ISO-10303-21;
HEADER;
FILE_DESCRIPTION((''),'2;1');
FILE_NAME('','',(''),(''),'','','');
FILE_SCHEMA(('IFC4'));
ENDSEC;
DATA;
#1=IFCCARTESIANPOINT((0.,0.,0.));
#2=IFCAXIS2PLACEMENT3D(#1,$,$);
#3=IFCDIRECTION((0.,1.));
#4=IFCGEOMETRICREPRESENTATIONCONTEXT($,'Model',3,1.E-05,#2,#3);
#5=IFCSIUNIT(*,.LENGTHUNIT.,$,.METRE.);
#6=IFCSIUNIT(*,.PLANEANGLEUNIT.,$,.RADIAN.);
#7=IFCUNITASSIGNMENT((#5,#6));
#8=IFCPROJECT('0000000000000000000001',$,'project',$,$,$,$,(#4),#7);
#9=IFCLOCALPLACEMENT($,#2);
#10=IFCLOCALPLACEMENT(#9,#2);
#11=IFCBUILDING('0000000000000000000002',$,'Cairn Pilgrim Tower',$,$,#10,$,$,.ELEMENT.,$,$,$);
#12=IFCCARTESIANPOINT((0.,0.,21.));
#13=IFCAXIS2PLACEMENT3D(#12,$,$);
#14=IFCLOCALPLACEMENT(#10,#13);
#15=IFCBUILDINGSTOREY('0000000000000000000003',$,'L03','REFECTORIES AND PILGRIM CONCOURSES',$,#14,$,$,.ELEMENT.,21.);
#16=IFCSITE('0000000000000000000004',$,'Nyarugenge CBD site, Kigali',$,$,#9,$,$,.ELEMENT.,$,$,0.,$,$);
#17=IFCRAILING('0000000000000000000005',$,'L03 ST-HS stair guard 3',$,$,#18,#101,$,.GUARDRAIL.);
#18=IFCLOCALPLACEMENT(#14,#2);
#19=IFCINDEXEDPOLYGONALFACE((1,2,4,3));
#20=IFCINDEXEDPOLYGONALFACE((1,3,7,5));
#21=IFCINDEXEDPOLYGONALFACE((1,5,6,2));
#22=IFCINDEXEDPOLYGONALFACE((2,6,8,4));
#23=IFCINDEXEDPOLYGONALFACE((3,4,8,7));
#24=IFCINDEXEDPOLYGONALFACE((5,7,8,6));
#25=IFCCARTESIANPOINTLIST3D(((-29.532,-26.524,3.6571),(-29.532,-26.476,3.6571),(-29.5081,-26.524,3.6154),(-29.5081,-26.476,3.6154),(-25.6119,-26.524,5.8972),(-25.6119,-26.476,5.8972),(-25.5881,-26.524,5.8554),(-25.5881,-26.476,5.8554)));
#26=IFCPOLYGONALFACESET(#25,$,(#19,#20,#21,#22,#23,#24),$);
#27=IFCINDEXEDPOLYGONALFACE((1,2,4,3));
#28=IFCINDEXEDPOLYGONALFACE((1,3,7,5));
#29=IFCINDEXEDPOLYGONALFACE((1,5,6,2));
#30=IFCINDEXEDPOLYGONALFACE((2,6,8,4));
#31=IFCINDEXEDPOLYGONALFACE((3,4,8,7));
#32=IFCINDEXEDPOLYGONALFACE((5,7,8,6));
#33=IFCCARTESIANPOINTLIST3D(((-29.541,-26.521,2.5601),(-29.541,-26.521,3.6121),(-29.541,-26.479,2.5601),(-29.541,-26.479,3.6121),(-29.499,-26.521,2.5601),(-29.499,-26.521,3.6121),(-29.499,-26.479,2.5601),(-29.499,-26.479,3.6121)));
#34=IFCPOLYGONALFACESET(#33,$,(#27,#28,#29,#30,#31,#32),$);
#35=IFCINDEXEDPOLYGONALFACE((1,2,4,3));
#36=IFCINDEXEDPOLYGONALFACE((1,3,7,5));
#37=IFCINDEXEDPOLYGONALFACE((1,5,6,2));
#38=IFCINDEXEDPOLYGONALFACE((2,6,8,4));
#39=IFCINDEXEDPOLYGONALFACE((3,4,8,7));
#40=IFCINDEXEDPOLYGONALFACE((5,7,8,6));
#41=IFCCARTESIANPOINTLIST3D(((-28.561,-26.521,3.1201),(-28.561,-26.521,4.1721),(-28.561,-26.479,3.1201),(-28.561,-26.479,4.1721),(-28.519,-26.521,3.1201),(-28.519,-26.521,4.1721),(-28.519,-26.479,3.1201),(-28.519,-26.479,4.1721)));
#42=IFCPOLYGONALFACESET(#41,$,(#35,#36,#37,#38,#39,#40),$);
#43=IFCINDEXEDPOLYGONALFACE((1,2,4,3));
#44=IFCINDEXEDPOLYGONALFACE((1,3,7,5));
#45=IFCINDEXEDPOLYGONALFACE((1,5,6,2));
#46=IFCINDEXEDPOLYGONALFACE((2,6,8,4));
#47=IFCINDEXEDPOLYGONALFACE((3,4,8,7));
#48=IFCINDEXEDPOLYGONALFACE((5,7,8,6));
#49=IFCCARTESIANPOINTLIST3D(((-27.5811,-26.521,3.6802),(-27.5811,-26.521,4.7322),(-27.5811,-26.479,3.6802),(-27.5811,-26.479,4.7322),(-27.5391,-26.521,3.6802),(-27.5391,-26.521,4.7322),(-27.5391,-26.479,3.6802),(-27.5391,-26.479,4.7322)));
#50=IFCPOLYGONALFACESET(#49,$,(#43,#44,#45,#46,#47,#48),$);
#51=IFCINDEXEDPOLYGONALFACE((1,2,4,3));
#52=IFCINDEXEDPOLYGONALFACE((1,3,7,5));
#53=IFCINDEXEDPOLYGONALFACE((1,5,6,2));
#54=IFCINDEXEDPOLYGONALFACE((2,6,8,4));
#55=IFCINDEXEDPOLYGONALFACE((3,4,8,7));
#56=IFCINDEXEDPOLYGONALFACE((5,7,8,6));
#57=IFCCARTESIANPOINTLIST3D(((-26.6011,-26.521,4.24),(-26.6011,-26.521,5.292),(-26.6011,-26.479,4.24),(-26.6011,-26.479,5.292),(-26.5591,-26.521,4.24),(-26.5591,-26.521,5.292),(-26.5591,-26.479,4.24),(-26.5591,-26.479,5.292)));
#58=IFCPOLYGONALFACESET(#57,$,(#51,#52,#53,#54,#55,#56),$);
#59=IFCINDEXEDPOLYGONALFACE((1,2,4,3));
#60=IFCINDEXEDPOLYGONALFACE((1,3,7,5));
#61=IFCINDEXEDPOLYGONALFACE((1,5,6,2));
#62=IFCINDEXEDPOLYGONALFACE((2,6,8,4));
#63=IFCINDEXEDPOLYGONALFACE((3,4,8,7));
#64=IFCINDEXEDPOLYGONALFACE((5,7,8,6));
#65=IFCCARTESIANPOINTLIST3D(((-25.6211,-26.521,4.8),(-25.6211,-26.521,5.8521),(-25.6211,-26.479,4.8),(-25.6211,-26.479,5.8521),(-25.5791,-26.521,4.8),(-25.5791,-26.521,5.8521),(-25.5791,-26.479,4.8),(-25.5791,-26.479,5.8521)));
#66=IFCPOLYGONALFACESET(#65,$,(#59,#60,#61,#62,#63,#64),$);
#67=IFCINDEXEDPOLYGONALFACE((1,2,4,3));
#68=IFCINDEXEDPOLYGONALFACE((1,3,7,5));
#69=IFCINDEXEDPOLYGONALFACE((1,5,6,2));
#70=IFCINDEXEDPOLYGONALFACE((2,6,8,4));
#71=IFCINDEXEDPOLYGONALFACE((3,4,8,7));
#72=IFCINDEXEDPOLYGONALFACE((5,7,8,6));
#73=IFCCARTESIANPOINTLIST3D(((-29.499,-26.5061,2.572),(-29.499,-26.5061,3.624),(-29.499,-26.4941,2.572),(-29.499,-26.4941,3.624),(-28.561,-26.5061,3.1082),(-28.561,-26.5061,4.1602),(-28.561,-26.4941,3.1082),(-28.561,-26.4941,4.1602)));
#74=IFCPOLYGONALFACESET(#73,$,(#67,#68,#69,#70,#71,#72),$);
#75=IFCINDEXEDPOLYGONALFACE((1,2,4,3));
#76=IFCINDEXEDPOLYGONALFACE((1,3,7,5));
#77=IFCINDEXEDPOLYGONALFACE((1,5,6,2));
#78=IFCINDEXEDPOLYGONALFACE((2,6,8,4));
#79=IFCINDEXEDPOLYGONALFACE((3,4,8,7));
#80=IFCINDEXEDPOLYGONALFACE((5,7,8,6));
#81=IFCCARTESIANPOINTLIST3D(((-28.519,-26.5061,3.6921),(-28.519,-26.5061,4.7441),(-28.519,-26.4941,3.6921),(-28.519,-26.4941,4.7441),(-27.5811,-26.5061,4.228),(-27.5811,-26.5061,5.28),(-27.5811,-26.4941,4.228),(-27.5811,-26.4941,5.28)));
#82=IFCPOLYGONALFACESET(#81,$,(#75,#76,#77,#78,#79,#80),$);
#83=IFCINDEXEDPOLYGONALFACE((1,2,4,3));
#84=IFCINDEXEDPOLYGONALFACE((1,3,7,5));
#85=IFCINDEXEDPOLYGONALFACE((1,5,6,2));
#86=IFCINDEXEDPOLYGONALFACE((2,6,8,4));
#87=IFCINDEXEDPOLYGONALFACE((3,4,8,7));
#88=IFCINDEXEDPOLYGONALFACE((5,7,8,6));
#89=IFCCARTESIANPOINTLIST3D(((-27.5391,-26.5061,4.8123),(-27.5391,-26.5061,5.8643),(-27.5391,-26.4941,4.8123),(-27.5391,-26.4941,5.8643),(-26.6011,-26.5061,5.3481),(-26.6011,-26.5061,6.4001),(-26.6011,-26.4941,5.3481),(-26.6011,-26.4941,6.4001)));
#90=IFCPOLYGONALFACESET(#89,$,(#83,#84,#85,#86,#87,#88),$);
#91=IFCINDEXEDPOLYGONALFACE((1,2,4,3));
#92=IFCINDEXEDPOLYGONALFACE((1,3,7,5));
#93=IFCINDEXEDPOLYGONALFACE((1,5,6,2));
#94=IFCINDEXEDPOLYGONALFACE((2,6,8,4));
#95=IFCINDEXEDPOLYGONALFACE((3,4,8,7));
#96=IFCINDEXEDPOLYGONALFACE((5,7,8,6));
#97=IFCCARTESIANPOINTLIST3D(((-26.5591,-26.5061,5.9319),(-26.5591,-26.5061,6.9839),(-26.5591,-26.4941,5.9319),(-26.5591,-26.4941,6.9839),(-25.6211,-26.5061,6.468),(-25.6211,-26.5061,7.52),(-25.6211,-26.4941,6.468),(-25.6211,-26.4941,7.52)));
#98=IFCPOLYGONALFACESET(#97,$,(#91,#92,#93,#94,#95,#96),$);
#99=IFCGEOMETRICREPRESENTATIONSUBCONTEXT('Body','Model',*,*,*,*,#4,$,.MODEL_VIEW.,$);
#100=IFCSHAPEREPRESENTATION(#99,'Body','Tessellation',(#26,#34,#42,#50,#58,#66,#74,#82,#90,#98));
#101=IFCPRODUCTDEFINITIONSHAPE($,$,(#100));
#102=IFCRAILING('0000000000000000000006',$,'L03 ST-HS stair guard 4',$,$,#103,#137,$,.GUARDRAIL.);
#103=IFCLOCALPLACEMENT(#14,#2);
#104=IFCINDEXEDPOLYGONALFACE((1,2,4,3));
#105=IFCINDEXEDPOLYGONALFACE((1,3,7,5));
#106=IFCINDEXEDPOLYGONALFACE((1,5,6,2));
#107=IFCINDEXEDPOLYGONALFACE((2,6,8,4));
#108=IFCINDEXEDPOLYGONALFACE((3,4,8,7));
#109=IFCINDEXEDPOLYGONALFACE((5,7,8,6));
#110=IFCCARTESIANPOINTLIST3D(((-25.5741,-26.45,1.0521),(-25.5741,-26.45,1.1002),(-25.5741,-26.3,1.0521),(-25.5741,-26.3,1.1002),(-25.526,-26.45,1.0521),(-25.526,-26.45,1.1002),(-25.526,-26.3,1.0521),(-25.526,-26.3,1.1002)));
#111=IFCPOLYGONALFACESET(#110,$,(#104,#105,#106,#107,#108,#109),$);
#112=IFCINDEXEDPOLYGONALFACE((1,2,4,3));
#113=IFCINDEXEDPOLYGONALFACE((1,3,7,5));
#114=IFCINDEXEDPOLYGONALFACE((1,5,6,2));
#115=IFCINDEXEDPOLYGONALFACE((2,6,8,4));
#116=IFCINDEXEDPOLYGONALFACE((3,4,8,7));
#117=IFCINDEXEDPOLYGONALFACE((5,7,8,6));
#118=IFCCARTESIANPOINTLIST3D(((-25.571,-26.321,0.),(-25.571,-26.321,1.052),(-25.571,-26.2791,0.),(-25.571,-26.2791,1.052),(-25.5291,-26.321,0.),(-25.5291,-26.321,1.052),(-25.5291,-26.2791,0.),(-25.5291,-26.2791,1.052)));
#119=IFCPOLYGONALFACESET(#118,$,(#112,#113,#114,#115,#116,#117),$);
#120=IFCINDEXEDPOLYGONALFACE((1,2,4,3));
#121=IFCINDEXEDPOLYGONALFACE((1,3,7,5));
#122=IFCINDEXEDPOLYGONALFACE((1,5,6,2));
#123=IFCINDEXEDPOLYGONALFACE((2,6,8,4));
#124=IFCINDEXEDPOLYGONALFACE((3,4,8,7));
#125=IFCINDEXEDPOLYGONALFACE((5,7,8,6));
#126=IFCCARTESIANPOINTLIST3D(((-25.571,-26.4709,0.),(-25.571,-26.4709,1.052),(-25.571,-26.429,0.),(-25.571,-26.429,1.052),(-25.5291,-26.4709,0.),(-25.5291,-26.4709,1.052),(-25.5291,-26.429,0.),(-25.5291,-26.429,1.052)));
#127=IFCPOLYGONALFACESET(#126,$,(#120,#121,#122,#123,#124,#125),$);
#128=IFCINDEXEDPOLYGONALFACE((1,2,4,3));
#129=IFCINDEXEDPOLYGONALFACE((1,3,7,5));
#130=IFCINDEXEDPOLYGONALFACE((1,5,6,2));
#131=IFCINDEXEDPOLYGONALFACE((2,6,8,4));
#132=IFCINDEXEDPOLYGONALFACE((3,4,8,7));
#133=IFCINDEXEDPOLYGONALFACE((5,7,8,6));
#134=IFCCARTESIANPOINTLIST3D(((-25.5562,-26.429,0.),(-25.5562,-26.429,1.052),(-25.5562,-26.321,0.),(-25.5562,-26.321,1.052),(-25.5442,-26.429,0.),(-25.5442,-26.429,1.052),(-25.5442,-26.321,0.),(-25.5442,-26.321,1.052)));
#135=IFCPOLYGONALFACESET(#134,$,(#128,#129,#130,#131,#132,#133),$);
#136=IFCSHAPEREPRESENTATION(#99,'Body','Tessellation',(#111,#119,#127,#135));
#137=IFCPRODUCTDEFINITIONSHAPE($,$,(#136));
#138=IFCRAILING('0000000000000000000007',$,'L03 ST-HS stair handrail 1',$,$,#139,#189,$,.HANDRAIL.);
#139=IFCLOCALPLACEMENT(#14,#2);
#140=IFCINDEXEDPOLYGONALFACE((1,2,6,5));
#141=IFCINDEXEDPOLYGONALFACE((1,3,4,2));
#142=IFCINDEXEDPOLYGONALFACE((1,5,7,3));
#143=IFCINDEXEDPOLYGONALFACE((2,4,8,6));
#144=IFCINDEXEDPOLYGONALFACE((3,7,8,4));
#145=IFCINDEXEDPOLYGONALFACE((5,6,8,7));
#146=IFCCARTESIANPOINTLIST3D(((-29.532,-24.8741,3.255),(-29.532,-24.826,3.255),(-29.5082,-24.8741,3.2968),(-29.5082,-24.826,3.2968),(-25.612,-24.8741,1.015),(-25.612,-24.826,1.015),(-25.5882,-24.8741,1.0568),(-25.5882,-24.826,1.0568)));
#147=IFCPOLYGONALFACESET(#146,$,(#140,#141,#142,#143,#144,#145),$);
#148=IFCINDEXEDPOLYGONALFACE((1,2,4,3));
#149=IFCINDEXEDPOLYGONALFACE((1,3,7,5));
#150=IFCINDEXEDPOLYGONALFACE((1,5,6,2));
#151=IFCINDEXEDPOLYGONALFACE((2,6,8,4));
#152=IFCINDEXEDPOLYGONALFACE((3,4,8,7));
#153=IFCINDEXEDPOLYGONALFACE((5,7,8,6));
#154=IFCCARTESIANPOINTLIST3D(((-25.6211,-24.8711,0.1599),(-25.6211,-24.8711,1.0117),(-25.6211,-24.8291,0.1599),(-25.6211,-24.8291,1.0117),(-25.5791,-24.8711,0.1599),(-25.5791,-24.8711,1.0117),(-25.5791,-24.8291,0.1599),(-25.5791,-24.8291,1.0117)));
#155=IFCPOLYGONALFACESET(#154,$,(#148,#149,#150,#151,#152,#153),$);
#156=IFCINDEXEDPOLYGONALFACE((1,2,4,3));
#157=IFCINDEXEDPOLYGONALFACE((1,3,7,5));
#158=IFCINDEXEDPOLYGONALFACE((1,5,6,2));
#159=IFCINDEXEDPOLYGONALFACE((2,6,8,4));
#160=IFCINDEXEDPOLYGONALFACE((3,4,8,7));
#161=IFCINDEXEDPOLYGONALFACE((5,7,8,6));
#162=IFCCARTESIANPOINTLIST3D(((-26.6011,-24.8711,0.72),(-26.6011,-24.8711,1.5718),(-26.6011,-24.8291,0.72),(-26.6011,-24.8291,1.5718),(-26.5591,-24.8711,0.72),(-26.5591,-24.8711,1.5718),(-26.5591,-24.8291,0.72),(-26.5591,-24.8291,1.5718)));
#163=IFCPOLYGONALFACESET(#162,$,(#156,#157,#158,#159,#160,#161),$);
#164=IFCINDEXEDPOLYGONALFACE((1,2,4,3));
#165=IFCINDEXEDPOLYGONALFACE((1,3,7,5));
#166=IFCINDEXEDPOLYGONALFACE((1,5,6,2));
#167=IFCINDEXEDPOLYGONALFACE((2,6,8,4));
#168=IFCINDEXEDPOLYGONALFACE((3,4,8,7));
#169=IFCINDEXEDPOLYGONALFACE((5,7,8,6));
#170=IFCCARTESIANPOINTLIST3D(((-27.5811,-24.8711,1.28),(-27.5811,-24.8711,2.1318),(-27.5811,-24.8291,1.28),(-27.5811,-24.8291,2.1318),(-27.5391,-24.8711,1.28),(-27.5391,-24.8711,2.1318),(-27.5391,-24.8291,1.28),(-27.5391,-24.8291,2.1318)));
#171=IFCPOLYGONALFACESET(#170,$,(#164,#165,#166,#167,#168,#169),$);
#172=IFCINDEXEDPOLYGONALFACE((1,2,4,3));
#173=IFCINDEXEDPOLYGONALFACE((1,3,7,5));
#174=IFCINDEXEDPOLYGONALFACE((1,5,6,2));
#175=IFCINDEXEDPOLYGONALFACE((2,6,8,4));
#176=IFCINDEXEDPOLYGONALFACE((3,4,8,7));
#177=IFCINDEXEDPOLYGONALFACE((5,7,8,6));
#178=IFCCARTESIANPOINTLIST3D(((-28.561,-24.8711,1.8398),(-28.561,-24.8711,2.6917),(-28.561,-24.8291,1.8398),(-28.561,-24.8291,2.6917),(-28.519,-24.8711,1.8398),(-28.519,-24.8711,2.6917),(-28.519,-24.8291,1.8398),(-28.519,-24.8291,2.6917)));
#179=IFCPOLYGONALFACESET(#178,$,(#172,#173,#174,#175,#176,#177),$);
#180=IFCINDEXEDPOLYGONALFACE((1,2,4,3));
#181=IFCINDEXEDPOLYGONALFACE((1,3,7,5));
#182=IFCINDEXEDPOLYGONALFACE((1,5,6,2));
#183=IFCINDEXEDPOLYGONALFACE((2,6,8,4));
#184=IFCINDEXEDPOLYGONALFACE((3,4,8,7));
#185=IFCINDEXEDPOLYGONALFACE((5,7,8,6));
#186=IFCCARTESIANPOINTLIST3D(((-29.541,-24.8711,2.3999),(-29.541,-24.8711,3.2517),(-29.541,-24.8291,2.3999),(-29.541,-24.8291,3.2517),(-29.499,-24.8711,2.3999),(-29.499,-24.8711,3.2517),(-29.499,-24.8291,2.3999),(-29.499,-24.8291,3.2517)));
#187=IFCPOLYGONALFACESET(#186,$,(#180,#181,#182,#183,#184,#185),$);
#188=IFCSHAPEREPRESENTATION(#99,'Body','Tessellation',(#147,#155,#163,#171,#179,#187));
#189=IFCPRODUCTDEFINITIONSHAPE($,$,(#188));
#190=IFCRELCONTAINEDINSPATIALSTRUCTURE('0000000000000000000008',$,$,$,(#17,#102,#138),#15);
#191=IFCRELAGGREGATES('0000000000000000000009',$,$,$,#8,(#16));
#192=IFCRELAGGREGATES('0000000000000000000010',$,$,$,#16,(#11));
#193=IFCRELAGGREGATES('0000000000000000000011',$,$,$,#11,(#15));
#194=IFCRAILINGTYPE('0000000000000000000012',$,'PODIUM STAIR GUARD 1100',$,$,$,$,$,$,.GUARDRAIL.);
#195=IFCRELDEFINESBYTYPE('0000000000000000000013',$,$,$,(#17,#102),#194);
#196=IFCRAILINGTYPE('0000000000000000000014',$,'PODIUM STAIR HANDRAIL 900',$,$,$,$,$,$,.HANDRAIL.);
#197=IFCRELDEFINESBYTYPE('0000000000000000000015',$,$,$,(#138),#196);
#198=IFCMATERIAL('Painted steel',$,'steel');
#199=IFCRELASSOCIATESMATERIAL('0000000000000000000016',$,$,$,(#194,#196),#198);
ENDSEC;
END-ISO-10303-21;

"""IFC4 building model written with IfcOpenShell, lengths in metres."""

from ifc_helpers import new_model, si_unit, direction, frame, origin, origin_2d, place, context, subcontext, project, spatial, polyline, rectangle, outline, extrude, material, type_object, element, save


model = new_model("IFC4")

# Units and contexts
model_context = context("Model", 3, precision=1e-05, world=origin(), true_north=direction((0.0, 1.0)))
body_context = subcontext(model_context, "Body", "Model", "MODEL_VIEW")
ifc_project = project(units=[si_unit("LENGTHUNIT", "METRE"), si_unit("PLANEANGLEUNIT", "RADIAN")], contexts=[model_context])

# Site, building, storey
site_placement = place(None, origin())
site = spatial("IfcSite", under=ifc_project, at=site_placement, Name="Nyarugenge CBD site, Kigali", CompositionType="ELEMENT", RefElevation=0.0)
building_placement = place(site_placement, origin())
building = spatial("IfcBuilding", under=site, at=building_placement, Name="Cairn Pilgrim Tower", CompositionType="ELEMENT")
storey_placement = place(building_placement, frame((0.0, 0.0, 21.0)))
storey = spatial("IfcBuildingStorey", under=building, at=storey_placement, Name="L03", Description="REFECTORIES AND PILGRIM CONCOURSES", CompositionType="ELEMENT", Elevation=21.0)

# Railings
ifc_material_1 = material(Name="Painted steel", Category="steel")
railing_type_1 = type_object("IfcRailingType", Name="PODIUM STAIR GUARD 1100", PredefinedType="GUARDRAIL", material=ifc_material_1)
railing_1_placement = place(storey_placement, frame((-29.52, -26.5, 2.5601)))
element("IfcRailing", 1, at=railing_1_placement, inside=storey, type_object=railing_type_1, Name="L03 ST-HS stair guard 3", PredefinedType="GUARDRAIL", context=body_context, shape_type="SweptSolid", body=[
    extrude(rectangle(XDim=0.0481, YDim=0.0481, at=origin_2d()), frame((0.0, 0.0, 1.0762), z_axis=(0.86824, 0.0, 0.496145), x_axis=(0.0, 1.0, 0.0)), (0.0, 0.0, 1.0), 4.5149),
    extrude(rectangle(XDim=0.042, YDim=0.042, at=origin_2d()), origin(), (0.0, 0.0, 1.0), 1.052),
    extrude(rectangle(XDim=0.042, YDim=0.042, at=origin_2d()), frame((0.98, 0.0, 0.5601)), (0.0, 0.0, 1.0), 1.052),
    extrude(rectangle(XDim=0.042, YDim=0.042, at=origin_2d()), frame((1.96, 0.0, 1.1201)), (0.0, 0.0, 1.0), 1.052),
    extrude(rectangle(XDim=0.042, YDim=0.042, at=origin_2d()), frame((2.9399, 0.0, 1.6799)), (0.0, 0.0, 1.0), 1.052),
    extrude(rectangle(XDim=0.042, YDim=0.042, at=origin_2d()), frame((3.9199, 0.0, 2.24)), (0.0, 0.0, 1.0), 1.052),
    extrude(outline(polyline([(0.021, 0.012), (0.959, 0.5481), (0.959, 1.6001), (0.021, 1.064), (0.021, 0.012)])), frame((0.0, 0.0059, 0.0), z_axis=(0.0, -1.0, 0.0), x_axis=(1.0, 0.0, 0.0)), (0.0, 0.0, 1.0), 0.012),
    extrude(outline(polyline([(0.021, 0.572), (0.959, 1.1079), (0.959, 2.1599), (0.021, 1.624), (0.021, 0.572)])), frame((0.98, 0.0059, 0.5601), z_axis=(0.0, -1.0, 0.0), x_axis=(1.0, 0.0, 0.0)), (0.0, 0.0, 1.0), 0.012),
    extrude(outline(polyline([(0.021, 1.1321), (0.959, 1.668), (0.959, 2.72), (0.021, 2.1841), (0.021, 1.1321)])), frame((1.96, 0.0059, 1.1201), z_axis=(0.0, -1.0, 0.0), x_axis=(1.0, 0.0, 0.0)), (0.0, 0.0, 1.0), 0.012),
    extrude(outline(polyline([(0.021, 1.6919), (0.959, 2.228), (0.959, 3.28), (0.021, 2.7439), (0.021, 1.6919)])), frame((2.9399, 0.0059, 1.6799), z_axis=(0.0, -1.0, 0.0), x_axis=(1.0, 0.0, 0.0)), (0.0, 0.0, 1.0), 0.012),
])
railing_2_placement = place(storey_placement, frame((-25.55, -26.3, 0.0)))
element("IfcRailing", 2, at=railing_2_placement, inside=storey, type_object=railing_type_1, Name="L03 ST-HS stair guard 4", PredefinedType="GUARDRAIL", context=body_context, shape_type="SweptSolid", body=[
    extrude(rectangle(XDim=0.0481, YDim=0.0481, at=origin_2d()), frame((0.0, 0.0, 1.0762), z_axis=(0.0, -1.0, 0.0), x_axis=(1.0, 0.0, 0.0)), (0.0, 0.0, 1.0), 0.1499),
    extrude(rectangle(XDim=0.042, YDim=0.042, at=origin_2d()), origin(), (0.0, 0.0, 1.0), 1.052),
    extrude(rectangle(XDim=0.042, YDim=0.042, at=origin_2d()), frame((0.0, -0.1499, 0.0)), (0.0, 0.0, 1.0), 1.052),
    extrude(outline(polyline([(0.021, 0.0), (0.1289, 0.0), (0.1289, 1.052), (0.021, 1.052), (0.021, 0.0)])), frame((0.0059, 0.0, 0.0), z_axis=(-1.0, 0.0, 0.0), x_axis=(0.0, -1.0, 0.0)), (0.0, 0.0, 1.0), 0.012),
])
railing_type_2 = type_object("IfcRailingType", Name="PODIUM STAIR HANDRAIL 900", PredefinedType="HANDRAIL", material=ifc_material_1)
railing_3_placement = place(storey_placement, frame((-25.6001, -24.8501, 0.1599)))
element("IfcRailing", 3, at=railing_3_placement, inside=storey, type_object=railing_type_2, Name="L03 ST-HS stair handrail 1", PredefinedType="HANDRAIL", context=body_context, shape_type="SweptSolid", body=[
    extrude(rectangle(XDim=0.0481, YDim=0.0481, at=origin_2d()), frame((0.0, 0.0, 0.876), z_axis=(-0.86824, 0.0, 0.496145), x_axis=(0.0, -1.0, 0.0)), (0.0, 0.0, 1.0), 4.5149),
    extrude(rectangle(XDim=0.042, YDim=0.042, at=origin_2d()), origin(), (0.0, 0.0, 1.0), 0.8518),
    extrude(rectangle(XDim=0.042, YDim=0.042, at=origin_2d()), frame((-0.98, 0.0, 0.5601)), (0.0, 0.0, 1.0), 0.8518),
    extrude(rectangle(XDim=0.042, YDim=0.042, at=origin_2d()), frame((-1.96, 0.0, 1.1201)), (0.0, 0.0, 1.0), 0.8518),
    extrude(rectangle(XDim=0.042, YDim=0.042, at=origin_2d()), frame((-2.9399, 0.0, 1.6799)), (0.0, 0.0, 1.0), 0.8518),
    extrude(rectangle(XDim=0.042, YDim=0.042, at=origin_2d()), frame((-3.9199, 0.0, 2.24)), (0.0, 0.0, 1.0), 0.8518),
])

save(model, "model.ifc")
